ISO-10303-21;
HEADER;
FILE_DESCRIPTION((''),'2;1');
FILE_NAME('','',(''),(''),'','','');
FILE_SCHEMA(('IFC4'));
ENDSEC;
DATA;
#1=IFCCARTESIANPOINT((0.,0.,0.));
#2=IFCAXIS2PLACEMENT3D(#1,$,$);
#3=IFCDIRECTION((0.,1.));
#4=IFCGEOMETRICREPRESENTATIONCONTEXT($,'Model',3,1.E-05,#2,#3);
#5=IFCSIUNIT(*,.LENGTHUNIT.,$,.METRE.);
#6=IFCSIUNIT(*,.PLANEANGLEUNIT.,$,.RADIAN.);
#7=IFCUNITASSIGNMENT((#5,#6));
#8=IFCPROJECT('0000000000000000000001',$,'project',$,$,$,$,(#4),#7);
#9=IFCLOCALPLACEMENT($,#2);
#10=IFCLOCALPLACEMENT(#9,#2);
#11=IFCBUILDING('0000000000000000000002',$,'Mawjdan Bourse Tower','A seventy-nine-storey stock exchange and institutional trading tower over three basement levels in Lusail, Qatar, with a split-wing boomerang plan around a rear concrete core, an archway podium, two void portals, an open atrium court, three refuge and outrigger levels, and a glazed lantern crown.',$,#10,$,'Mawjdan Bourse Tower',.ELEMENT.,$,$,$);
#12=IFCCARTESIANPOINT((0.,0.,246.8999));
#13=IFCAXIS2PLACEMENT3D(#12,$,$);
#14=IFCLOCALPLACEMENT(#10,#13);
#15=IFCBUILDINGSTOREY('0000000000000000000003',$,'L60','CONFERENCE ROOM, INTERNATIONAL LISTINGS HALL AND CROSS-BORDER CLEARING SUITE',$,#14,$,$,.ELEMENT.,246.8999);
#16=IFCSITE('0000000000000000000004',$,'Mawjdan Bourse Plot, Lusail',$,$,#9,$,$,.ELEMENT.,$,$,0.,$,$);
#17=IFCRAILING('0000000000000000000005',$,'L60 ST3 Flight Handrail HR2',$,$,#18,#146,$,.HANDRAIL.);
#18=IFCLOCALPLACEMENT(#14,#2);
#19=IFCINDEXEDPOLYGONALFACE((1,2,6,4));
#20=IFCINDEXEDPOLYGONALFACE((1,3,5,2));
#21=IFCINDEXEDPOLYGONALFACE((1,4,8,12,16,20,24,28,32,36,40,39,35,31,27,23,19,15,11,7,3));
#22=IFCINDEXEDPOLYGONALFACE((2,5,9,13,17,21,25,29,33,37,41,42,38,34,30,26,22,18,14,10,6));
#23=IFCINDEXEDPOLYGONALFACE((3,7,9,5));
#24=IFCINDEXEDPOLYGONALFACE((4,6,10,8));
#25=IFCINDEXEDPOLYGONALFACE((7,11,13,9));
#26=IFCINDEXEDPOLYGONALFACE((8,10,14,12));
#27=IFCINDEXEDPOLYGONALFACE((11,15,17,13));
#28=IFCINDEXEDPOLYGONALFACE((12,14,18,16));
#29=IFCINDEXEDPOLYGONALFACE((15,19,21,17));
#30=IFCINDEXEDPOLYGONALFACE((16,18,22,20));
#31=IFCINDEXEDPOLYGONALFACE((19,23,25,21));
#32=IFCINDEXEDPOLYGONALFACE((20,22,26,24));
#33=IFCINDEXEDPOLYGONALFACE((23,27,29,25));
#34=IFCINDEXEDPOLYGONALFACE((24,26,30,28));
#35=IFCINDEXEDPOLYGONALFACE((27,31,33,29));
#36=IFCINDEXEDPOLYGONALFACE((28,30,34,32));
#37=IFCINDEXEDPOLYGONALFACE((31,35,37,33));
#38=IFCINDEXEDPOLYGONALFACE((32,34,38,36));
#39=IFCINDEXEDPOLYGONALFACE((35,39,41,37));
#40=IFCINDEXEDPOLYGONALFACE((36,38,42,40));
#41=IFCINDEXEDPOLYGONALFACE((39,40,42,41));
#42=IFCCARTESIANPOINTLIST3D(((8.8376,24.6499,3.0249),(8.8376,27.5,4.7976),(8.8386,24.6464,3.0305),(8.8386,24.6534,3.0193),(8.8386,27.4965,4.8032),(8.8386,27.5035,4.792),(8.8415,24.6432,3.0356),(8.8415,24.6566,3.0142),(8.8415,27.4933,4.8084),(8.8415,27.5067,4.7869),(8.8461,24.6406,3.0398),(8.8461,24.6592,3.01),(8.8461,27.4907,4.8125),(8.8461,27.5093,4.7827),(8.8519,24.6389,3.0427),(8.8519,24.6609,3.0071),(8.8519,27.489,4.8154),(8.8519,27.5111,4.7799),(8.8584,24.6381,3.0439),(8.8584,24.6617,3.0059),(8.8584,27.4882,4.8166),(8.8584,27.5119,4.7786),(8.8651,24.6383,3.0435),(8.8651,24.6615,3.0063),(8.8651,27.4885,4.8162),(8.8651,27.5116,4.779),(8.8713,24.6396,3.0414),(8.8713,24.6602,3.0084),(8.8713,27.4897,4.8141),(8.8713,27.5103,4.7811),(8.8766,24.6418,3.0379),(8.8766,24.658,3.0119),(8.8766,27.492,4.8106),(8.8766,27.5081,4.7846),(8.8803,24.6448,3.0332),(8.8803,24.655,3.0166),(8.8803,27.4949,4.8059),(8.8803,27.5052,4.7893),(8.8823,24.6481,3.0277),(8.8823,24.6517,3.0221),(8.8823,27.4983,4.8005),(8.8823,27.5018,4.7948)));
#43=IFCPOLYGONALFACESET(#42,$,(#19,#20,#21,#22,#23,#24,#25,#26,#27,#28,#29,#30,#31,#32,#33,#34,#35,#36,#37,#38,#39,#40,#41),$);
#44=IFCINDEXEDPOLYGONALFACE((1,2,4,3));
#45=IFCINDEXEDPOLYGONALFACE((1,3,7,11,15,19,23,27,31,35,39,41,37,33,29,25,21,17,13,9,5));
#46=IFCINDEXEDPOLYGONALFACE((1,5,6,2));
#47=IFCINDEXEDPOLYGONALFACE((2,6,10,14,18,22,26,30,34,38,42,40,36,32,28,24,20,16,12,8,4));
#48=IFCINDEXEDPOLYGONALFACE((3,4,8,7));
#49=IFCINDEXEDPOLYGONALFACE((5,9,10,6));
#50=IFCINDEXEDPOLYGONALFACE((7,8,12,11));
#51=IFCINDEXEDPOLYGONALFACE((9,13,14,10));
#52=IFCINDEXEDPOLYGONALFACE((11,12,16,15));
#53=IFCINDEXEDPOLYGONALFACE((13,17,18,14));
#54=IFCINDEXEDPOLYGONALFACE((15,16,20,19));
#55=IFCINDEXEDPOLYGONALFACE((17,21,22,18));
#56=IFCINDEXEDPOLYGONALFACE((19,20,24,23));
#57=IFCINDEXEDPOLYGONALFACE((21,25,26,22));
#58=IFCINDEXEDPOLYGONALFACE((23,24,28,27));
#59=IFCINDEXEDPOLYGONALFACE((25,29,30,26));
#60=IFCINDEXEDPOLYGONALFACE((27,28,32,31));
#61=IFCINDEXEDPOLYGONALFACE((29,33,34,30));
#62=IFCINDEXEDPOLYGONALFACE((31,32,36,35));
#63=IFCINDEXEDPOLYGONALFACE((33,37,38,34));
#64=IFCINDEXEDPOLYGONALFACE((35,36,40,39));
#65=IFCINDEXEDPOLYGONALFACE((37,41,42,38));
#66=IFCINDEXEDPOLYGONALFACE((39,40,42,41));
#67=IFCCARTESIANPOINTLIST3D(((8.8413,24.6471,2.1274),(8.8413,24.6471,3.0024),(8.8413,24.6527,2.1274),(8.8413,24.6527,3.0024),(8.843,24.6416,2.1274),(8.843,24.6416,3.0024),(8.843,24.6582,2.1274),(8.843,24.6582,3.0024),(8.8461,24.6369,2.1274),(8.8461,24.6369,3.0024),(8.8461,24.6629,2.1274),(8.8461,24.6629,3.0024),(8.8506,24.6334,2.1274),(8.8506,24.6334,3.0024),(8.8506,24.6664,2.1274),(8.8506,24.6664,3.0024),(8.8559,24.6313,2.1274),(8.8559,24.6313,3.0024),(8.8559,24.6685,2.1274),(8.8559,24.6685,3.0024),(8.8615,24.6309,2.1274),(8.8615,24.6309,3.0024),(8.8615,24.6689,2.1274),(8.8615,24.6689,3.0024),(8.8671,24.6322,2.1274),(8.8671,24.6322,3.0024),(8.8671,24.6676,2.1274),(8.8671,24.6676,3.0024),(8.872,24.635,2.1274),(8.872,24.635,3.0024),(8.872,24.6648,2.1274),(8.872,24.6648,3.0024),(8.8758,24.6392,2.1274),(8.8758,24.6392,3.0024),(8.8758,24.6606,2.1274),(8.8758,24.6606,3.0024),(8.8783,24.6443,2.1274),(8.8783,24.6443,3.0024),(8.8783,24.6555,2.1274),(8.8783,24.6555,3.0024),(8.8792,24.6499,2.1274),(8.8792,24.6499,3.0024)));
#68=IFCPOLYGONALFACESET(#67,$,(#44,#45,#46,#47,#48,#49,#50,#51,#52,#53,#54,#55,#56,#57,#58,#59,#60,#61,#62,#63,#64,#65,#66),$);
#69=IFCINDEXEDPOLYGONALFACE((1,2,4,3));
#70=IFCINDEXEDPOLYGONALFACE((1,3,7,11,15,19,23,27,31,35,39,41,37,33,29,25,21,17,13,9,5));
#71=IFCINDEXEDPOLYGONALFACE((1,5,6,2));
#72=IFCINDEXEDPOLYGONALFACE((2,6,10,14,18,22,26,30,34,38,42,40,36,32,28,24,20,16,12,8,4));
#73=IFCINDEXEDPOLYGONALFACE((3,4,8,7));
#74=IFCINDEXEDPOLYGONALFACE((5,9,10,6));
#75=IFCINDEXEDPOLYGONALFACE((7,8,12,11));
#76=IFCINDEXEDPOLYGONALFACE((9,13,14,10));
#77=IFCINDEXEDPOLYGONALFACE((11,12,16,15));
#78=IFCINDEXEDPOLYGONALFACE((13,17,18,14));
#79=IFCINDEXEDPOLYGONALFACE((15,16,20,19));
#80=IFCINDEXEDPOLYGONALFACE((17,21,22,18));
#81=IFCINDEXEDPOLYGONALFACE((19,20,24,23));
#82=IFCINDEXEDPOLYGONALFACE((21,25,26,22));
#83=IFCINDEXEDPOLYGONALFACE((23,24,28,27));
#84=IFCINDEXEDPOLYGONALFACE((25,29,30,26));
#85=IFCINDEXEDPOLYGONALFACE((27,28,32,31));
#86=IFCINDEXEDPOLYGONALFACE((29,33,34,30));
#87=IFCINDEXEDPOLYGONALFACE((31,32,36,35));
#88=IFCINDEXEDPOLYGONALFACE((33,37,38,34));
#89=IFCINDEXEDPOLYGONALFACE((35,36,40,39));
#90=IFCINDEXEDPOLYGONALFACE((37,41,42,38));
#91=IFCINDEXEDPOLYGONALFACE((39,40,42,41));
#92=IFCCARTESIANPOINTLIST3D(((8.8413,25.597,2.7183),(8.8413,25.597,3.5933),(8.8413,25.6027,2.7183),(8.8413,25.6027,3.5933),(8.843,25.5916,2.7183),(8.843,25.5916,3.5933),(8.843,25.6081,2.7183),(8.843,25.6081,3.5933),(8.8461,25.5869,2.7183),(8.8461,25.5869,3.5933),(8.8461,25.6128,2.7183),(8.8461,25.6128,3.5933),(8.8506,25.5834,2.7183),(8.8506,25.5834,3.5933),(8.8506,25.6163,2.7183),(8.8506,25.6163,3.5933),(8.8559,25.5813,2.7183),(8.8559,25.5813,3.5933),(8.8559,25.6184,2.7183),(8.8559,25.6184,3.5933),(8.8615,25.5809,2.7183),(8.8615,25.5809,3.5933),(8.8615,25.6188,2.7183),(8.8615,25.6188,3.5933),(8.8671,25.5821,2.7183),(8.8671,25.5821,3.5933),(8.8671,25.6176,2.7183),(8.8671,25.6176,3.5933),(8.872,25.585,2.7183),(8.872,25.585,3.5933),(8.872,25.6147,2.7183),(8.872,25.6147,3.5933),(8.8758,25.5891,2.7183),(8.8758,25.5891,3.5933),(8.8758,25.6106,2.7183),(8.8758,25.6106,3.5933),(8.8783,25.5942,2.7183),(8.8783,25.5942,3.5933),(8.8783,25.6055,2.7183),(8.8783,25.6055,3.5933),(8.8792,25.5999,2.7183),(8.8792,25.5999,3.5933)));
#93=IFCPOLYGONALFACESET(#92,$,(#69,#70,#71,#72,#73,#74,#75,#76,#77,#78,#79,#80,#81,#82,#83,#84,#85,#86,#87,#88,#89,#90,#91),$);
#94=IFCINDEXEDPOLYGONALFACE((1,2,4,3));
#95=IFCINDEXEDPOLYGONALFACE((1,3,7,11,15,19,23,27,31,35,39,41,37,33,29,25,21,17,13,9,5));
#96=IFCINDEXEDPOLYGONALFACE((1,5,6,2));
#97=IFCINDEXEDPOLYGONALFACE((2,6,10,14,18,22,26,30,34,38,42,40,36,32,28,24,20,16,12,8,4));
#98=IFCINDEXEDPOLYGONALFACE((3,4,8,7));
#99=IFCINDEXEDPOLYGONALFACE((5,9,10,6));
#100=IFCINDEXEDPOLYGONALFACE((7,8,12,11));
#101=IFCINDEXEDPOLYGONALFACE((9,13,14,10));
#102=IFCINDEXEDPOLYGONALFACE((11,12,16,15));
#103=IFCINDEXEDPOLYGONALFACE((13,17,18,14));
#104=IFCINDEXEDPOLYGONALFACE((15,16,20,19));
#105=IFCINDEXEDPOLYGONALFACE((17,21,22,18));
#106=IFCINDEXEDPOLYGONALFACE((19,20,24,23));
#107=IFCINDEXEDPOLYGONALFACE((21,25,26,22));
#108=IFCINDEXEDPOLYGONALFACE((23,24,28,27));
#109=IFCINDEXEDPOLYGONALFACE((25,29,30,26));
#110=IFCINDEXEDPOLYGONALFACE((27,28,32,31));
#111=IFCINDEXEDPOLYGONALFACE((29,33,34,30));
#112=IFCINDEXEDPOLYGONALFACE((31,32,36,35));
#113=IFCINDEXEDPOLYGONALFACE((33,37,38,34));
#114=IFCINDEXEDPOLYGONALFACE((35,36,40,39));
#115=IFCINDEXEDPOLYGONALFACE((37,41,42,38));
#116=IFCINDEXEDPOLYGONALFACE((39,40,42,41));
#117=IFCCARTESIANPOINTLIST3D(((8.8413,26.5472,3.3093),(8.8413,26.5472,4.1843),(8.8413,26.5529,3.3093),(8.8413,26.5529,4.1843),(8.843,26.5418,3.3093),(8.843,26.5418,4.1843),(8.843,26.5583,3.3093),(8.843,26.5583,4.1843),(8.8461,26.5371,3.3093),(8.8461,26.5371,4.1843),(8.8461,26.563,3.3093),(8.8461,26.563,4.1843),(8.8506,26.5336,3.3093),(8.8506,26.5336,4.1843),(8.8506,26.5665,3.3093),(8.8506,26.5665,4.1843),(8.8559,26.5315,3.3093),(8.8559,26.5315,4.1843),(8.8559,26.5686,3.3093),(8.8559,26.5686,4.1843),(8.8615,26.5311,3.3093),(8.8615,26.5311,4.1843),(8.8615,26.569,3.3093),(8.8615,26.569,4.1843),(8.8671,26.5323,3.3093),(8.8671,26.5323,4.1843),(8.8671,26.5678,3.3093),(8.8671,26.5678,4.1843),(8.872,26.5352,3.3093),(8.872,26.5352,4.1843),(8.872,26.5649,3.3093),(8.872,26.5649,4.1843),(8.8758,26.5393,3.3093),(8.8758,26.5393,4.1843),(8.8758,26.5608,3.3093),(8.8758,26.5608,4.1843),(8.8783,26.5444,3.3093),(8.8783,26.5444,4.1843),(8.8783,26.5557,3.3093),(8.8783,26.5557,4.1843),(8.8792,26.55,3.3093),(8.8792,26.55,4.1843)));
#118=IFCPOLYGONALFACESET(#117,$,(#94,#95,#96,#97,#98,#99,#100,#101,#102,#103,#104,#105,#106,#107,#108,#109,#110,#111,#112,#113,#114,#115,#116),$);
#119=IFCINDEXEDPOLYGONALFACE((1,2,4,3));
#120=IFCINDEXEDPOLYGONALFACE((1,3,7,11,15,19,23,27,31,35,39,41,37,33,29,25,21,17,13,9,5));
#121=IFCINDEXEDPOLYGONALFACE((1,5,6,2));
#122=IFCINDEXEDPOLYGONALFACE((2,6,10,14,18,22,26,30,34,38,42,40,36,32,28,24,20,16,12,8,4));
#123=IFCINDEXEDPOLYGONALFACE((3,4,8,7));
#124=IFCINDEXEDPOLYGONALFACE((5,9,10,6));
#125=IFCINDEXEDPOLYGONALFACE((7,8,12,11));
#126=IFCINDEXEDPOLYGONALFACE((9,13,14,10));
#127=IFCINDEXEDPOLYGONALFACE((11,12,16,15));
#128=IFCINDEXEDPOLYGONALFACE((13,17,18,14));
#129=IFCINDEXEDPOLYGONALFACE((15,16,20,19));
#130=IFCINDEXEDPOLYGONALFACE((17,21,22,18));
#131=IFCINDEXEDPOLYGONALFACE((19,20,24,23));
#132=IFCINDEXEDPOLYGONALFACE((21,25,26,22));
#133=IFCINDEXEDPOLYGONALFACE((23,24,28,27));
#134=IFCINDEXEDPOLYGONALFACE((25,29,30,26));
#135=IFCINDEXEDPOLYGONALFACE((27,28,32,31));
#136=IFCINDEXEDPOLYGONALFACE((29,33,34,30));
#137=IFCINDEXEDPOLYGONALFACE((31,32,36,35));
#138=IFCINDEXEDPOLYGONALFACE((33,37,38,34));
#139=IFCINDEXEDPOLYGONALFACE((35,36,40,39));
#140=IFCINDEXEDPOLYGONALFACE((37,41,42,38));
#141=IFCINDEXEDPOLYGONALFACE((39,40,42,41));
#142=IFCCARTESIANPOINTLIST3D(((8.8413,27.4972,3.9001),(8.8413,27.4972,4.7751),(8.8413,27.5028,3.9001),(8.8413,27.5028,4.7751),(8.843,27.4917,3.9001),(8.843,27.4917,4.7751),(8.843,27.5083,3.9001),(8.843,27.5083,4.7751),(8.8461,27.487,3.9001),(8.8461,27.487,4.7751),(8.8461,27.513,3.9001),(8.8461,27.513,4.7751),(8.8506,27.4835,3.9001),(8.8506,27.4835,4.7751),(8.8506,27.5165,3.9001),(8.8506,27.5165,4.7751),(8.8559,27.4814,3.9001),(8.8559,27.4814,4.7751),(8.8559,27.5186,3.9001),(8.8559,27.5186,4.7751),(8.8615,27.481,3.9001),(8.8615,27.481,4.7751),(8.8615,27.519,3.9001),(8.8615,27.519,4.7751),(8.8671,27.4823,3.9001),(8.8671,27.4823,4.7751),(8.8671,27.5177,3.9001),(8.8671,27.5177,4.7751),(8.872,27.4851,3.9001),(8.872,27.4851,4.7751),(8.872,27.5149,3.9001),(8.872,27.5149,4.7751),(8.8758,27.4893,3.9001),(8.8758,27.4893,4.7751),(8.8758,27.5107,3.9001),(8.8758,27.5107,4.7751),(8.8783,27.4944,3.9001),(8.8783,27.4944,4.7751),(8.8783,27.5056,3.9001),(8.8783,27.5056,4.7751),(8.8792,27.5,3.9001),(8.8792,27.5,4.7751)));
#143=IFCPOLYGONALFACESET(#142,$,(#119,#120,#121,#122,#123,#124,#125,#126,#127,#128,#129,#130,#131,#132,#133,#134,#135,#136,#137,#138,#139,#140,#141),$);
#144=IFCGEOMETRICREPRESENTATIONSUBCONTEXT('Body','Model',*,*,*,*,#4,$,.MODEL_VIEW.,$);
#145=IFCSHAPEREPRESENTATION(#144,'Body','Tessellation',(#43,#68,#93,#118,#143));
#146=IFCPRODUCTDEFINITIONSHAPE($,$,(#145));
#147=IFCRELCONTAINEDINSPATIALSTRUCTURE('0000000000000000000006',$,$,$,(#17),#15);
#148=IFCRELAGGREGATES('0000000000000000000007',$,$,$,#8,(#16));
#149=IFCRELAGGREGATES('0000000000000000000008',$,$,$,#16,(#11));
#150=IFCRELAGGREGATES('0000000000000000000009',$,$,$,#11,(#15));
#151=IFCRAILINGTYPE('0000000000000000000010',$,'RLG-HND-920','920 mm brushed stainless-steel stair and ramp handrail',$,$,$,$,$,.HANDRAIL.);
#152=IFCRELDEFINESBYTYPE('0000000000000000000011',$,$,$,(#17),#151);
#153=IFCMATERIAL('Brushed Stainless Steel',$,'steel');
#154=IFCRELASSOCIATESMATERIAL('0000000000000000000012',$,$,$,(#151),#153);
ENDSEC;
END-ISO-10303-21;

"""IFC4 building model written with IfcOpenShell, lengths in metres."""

from ifc_helpers import new_model, si_unit, direction, frame, origin, origin_2d, place, context, subcontext, project, spatial, circle, extrude, material, type_object, element, save


model = new_model("IFC4")

# Units and contexts
model_context = context("Model", 3, precision=1e-05, world=origin(), true_north=direction((0.0, 1.0)))
body_context = subcontext(model_context, "Body", "Model", "MODEL_VIEW")
ifc_project = project(units=[si_unit("LENGTHUNIT", "METRE"), si_unit("PLANEANGLEUNIT", "RADIAN")], contexts=[model_context])

# Site, building, storey
site_placement = place(None, origin())
site = spatial("IfcSite", under=ifc_project, at=site_placement, Name="Mawjdan Bourse Plot, Lusail", CompositionType="ELEMENT", RefElevation=0.0)
building_placement = place(site_placement, origin())
building = spatial("IfcBuilding", under=site, at=building_placement, Name="Mawjdan Bourse Tower", Description="A seventy-nine-storey stock exchange and institutional trading tower over three basement levels in Lusail, Qatar, with a split-wing boomerang plan around a rear concrete core, an archway podium, two void portals, an open atrium court, three refuge and outrigger levels, and a glazed lantern crown.", LongName="Mawjdan Bourse Tower", CompositionType="ELEMENT")
storey_placement = place(building_placement, frame((0.0, 0.0, 246.8999)))
storey = spatial("IfcBuildingStorey", under=building, at=storey_placement, Name="L60", Description="CONFERENCE ROOM, INTERNATIONAL LISTINGS HALL AND CROSS-BORDER CLEARING SUITE", CompositionType="ELEMENT", Elevation=246.8999)

# Railing
ifc_material_1 = material(Name="Brushed Stainless Steel", Category="steel")
railing_type_1 = type_object("IfcRailingType", Name="RLG-HND-920", Description="920 mm brushed stainless-steel stair and ramp handrail", PredefinedType="HANDRAIL", material=ifc_material_1)
railing_1_placement = place(storey_placement, frame((8.8601, 24.6499, 2.1274)))
element("IfcRailing", 1, at=railing_1_placement, inside=storey, type_object=railing_type_1, Name="L60 ST3 Flight Handrail HR2", PredefinedType="HANDRAIL", context=body_context, shape_type="SweptSolid", body=[
    extrude(circle(Radius=0.0225, at=origin_2d()), frame((0.0, 0.0, 0.8975), z_axis=(0.0, 0.849149, 0.528154), x_axis=(-1.0, 0.0, 0.0)), (0.0, 0.0, 1.0), 3.3564),
    extrude(circle(Radius=0.019, at=origin_2d()), origin(), (0.0, 0.0, 1.0), 0.875),
    extrude(circle(Radius=0.019, at=origin_2d()), frame((0.0, 0.95, 0.5908)), (0.0, 0.0, 1.0), 0.875),
    extrude(circle(Radius=0.019, at=origin_2d()), frame((0.0, 1.9001, 1.1819)), (0.0, 0.0, 1.0), 0.875),
    extrude(circle(Radius=0.019, at=origin_2d()), frame((0.0, 2.8501, 1.7727)), (0.0, 0.0, 1.0), 0.875),
])

save(model, "model.ifc")
